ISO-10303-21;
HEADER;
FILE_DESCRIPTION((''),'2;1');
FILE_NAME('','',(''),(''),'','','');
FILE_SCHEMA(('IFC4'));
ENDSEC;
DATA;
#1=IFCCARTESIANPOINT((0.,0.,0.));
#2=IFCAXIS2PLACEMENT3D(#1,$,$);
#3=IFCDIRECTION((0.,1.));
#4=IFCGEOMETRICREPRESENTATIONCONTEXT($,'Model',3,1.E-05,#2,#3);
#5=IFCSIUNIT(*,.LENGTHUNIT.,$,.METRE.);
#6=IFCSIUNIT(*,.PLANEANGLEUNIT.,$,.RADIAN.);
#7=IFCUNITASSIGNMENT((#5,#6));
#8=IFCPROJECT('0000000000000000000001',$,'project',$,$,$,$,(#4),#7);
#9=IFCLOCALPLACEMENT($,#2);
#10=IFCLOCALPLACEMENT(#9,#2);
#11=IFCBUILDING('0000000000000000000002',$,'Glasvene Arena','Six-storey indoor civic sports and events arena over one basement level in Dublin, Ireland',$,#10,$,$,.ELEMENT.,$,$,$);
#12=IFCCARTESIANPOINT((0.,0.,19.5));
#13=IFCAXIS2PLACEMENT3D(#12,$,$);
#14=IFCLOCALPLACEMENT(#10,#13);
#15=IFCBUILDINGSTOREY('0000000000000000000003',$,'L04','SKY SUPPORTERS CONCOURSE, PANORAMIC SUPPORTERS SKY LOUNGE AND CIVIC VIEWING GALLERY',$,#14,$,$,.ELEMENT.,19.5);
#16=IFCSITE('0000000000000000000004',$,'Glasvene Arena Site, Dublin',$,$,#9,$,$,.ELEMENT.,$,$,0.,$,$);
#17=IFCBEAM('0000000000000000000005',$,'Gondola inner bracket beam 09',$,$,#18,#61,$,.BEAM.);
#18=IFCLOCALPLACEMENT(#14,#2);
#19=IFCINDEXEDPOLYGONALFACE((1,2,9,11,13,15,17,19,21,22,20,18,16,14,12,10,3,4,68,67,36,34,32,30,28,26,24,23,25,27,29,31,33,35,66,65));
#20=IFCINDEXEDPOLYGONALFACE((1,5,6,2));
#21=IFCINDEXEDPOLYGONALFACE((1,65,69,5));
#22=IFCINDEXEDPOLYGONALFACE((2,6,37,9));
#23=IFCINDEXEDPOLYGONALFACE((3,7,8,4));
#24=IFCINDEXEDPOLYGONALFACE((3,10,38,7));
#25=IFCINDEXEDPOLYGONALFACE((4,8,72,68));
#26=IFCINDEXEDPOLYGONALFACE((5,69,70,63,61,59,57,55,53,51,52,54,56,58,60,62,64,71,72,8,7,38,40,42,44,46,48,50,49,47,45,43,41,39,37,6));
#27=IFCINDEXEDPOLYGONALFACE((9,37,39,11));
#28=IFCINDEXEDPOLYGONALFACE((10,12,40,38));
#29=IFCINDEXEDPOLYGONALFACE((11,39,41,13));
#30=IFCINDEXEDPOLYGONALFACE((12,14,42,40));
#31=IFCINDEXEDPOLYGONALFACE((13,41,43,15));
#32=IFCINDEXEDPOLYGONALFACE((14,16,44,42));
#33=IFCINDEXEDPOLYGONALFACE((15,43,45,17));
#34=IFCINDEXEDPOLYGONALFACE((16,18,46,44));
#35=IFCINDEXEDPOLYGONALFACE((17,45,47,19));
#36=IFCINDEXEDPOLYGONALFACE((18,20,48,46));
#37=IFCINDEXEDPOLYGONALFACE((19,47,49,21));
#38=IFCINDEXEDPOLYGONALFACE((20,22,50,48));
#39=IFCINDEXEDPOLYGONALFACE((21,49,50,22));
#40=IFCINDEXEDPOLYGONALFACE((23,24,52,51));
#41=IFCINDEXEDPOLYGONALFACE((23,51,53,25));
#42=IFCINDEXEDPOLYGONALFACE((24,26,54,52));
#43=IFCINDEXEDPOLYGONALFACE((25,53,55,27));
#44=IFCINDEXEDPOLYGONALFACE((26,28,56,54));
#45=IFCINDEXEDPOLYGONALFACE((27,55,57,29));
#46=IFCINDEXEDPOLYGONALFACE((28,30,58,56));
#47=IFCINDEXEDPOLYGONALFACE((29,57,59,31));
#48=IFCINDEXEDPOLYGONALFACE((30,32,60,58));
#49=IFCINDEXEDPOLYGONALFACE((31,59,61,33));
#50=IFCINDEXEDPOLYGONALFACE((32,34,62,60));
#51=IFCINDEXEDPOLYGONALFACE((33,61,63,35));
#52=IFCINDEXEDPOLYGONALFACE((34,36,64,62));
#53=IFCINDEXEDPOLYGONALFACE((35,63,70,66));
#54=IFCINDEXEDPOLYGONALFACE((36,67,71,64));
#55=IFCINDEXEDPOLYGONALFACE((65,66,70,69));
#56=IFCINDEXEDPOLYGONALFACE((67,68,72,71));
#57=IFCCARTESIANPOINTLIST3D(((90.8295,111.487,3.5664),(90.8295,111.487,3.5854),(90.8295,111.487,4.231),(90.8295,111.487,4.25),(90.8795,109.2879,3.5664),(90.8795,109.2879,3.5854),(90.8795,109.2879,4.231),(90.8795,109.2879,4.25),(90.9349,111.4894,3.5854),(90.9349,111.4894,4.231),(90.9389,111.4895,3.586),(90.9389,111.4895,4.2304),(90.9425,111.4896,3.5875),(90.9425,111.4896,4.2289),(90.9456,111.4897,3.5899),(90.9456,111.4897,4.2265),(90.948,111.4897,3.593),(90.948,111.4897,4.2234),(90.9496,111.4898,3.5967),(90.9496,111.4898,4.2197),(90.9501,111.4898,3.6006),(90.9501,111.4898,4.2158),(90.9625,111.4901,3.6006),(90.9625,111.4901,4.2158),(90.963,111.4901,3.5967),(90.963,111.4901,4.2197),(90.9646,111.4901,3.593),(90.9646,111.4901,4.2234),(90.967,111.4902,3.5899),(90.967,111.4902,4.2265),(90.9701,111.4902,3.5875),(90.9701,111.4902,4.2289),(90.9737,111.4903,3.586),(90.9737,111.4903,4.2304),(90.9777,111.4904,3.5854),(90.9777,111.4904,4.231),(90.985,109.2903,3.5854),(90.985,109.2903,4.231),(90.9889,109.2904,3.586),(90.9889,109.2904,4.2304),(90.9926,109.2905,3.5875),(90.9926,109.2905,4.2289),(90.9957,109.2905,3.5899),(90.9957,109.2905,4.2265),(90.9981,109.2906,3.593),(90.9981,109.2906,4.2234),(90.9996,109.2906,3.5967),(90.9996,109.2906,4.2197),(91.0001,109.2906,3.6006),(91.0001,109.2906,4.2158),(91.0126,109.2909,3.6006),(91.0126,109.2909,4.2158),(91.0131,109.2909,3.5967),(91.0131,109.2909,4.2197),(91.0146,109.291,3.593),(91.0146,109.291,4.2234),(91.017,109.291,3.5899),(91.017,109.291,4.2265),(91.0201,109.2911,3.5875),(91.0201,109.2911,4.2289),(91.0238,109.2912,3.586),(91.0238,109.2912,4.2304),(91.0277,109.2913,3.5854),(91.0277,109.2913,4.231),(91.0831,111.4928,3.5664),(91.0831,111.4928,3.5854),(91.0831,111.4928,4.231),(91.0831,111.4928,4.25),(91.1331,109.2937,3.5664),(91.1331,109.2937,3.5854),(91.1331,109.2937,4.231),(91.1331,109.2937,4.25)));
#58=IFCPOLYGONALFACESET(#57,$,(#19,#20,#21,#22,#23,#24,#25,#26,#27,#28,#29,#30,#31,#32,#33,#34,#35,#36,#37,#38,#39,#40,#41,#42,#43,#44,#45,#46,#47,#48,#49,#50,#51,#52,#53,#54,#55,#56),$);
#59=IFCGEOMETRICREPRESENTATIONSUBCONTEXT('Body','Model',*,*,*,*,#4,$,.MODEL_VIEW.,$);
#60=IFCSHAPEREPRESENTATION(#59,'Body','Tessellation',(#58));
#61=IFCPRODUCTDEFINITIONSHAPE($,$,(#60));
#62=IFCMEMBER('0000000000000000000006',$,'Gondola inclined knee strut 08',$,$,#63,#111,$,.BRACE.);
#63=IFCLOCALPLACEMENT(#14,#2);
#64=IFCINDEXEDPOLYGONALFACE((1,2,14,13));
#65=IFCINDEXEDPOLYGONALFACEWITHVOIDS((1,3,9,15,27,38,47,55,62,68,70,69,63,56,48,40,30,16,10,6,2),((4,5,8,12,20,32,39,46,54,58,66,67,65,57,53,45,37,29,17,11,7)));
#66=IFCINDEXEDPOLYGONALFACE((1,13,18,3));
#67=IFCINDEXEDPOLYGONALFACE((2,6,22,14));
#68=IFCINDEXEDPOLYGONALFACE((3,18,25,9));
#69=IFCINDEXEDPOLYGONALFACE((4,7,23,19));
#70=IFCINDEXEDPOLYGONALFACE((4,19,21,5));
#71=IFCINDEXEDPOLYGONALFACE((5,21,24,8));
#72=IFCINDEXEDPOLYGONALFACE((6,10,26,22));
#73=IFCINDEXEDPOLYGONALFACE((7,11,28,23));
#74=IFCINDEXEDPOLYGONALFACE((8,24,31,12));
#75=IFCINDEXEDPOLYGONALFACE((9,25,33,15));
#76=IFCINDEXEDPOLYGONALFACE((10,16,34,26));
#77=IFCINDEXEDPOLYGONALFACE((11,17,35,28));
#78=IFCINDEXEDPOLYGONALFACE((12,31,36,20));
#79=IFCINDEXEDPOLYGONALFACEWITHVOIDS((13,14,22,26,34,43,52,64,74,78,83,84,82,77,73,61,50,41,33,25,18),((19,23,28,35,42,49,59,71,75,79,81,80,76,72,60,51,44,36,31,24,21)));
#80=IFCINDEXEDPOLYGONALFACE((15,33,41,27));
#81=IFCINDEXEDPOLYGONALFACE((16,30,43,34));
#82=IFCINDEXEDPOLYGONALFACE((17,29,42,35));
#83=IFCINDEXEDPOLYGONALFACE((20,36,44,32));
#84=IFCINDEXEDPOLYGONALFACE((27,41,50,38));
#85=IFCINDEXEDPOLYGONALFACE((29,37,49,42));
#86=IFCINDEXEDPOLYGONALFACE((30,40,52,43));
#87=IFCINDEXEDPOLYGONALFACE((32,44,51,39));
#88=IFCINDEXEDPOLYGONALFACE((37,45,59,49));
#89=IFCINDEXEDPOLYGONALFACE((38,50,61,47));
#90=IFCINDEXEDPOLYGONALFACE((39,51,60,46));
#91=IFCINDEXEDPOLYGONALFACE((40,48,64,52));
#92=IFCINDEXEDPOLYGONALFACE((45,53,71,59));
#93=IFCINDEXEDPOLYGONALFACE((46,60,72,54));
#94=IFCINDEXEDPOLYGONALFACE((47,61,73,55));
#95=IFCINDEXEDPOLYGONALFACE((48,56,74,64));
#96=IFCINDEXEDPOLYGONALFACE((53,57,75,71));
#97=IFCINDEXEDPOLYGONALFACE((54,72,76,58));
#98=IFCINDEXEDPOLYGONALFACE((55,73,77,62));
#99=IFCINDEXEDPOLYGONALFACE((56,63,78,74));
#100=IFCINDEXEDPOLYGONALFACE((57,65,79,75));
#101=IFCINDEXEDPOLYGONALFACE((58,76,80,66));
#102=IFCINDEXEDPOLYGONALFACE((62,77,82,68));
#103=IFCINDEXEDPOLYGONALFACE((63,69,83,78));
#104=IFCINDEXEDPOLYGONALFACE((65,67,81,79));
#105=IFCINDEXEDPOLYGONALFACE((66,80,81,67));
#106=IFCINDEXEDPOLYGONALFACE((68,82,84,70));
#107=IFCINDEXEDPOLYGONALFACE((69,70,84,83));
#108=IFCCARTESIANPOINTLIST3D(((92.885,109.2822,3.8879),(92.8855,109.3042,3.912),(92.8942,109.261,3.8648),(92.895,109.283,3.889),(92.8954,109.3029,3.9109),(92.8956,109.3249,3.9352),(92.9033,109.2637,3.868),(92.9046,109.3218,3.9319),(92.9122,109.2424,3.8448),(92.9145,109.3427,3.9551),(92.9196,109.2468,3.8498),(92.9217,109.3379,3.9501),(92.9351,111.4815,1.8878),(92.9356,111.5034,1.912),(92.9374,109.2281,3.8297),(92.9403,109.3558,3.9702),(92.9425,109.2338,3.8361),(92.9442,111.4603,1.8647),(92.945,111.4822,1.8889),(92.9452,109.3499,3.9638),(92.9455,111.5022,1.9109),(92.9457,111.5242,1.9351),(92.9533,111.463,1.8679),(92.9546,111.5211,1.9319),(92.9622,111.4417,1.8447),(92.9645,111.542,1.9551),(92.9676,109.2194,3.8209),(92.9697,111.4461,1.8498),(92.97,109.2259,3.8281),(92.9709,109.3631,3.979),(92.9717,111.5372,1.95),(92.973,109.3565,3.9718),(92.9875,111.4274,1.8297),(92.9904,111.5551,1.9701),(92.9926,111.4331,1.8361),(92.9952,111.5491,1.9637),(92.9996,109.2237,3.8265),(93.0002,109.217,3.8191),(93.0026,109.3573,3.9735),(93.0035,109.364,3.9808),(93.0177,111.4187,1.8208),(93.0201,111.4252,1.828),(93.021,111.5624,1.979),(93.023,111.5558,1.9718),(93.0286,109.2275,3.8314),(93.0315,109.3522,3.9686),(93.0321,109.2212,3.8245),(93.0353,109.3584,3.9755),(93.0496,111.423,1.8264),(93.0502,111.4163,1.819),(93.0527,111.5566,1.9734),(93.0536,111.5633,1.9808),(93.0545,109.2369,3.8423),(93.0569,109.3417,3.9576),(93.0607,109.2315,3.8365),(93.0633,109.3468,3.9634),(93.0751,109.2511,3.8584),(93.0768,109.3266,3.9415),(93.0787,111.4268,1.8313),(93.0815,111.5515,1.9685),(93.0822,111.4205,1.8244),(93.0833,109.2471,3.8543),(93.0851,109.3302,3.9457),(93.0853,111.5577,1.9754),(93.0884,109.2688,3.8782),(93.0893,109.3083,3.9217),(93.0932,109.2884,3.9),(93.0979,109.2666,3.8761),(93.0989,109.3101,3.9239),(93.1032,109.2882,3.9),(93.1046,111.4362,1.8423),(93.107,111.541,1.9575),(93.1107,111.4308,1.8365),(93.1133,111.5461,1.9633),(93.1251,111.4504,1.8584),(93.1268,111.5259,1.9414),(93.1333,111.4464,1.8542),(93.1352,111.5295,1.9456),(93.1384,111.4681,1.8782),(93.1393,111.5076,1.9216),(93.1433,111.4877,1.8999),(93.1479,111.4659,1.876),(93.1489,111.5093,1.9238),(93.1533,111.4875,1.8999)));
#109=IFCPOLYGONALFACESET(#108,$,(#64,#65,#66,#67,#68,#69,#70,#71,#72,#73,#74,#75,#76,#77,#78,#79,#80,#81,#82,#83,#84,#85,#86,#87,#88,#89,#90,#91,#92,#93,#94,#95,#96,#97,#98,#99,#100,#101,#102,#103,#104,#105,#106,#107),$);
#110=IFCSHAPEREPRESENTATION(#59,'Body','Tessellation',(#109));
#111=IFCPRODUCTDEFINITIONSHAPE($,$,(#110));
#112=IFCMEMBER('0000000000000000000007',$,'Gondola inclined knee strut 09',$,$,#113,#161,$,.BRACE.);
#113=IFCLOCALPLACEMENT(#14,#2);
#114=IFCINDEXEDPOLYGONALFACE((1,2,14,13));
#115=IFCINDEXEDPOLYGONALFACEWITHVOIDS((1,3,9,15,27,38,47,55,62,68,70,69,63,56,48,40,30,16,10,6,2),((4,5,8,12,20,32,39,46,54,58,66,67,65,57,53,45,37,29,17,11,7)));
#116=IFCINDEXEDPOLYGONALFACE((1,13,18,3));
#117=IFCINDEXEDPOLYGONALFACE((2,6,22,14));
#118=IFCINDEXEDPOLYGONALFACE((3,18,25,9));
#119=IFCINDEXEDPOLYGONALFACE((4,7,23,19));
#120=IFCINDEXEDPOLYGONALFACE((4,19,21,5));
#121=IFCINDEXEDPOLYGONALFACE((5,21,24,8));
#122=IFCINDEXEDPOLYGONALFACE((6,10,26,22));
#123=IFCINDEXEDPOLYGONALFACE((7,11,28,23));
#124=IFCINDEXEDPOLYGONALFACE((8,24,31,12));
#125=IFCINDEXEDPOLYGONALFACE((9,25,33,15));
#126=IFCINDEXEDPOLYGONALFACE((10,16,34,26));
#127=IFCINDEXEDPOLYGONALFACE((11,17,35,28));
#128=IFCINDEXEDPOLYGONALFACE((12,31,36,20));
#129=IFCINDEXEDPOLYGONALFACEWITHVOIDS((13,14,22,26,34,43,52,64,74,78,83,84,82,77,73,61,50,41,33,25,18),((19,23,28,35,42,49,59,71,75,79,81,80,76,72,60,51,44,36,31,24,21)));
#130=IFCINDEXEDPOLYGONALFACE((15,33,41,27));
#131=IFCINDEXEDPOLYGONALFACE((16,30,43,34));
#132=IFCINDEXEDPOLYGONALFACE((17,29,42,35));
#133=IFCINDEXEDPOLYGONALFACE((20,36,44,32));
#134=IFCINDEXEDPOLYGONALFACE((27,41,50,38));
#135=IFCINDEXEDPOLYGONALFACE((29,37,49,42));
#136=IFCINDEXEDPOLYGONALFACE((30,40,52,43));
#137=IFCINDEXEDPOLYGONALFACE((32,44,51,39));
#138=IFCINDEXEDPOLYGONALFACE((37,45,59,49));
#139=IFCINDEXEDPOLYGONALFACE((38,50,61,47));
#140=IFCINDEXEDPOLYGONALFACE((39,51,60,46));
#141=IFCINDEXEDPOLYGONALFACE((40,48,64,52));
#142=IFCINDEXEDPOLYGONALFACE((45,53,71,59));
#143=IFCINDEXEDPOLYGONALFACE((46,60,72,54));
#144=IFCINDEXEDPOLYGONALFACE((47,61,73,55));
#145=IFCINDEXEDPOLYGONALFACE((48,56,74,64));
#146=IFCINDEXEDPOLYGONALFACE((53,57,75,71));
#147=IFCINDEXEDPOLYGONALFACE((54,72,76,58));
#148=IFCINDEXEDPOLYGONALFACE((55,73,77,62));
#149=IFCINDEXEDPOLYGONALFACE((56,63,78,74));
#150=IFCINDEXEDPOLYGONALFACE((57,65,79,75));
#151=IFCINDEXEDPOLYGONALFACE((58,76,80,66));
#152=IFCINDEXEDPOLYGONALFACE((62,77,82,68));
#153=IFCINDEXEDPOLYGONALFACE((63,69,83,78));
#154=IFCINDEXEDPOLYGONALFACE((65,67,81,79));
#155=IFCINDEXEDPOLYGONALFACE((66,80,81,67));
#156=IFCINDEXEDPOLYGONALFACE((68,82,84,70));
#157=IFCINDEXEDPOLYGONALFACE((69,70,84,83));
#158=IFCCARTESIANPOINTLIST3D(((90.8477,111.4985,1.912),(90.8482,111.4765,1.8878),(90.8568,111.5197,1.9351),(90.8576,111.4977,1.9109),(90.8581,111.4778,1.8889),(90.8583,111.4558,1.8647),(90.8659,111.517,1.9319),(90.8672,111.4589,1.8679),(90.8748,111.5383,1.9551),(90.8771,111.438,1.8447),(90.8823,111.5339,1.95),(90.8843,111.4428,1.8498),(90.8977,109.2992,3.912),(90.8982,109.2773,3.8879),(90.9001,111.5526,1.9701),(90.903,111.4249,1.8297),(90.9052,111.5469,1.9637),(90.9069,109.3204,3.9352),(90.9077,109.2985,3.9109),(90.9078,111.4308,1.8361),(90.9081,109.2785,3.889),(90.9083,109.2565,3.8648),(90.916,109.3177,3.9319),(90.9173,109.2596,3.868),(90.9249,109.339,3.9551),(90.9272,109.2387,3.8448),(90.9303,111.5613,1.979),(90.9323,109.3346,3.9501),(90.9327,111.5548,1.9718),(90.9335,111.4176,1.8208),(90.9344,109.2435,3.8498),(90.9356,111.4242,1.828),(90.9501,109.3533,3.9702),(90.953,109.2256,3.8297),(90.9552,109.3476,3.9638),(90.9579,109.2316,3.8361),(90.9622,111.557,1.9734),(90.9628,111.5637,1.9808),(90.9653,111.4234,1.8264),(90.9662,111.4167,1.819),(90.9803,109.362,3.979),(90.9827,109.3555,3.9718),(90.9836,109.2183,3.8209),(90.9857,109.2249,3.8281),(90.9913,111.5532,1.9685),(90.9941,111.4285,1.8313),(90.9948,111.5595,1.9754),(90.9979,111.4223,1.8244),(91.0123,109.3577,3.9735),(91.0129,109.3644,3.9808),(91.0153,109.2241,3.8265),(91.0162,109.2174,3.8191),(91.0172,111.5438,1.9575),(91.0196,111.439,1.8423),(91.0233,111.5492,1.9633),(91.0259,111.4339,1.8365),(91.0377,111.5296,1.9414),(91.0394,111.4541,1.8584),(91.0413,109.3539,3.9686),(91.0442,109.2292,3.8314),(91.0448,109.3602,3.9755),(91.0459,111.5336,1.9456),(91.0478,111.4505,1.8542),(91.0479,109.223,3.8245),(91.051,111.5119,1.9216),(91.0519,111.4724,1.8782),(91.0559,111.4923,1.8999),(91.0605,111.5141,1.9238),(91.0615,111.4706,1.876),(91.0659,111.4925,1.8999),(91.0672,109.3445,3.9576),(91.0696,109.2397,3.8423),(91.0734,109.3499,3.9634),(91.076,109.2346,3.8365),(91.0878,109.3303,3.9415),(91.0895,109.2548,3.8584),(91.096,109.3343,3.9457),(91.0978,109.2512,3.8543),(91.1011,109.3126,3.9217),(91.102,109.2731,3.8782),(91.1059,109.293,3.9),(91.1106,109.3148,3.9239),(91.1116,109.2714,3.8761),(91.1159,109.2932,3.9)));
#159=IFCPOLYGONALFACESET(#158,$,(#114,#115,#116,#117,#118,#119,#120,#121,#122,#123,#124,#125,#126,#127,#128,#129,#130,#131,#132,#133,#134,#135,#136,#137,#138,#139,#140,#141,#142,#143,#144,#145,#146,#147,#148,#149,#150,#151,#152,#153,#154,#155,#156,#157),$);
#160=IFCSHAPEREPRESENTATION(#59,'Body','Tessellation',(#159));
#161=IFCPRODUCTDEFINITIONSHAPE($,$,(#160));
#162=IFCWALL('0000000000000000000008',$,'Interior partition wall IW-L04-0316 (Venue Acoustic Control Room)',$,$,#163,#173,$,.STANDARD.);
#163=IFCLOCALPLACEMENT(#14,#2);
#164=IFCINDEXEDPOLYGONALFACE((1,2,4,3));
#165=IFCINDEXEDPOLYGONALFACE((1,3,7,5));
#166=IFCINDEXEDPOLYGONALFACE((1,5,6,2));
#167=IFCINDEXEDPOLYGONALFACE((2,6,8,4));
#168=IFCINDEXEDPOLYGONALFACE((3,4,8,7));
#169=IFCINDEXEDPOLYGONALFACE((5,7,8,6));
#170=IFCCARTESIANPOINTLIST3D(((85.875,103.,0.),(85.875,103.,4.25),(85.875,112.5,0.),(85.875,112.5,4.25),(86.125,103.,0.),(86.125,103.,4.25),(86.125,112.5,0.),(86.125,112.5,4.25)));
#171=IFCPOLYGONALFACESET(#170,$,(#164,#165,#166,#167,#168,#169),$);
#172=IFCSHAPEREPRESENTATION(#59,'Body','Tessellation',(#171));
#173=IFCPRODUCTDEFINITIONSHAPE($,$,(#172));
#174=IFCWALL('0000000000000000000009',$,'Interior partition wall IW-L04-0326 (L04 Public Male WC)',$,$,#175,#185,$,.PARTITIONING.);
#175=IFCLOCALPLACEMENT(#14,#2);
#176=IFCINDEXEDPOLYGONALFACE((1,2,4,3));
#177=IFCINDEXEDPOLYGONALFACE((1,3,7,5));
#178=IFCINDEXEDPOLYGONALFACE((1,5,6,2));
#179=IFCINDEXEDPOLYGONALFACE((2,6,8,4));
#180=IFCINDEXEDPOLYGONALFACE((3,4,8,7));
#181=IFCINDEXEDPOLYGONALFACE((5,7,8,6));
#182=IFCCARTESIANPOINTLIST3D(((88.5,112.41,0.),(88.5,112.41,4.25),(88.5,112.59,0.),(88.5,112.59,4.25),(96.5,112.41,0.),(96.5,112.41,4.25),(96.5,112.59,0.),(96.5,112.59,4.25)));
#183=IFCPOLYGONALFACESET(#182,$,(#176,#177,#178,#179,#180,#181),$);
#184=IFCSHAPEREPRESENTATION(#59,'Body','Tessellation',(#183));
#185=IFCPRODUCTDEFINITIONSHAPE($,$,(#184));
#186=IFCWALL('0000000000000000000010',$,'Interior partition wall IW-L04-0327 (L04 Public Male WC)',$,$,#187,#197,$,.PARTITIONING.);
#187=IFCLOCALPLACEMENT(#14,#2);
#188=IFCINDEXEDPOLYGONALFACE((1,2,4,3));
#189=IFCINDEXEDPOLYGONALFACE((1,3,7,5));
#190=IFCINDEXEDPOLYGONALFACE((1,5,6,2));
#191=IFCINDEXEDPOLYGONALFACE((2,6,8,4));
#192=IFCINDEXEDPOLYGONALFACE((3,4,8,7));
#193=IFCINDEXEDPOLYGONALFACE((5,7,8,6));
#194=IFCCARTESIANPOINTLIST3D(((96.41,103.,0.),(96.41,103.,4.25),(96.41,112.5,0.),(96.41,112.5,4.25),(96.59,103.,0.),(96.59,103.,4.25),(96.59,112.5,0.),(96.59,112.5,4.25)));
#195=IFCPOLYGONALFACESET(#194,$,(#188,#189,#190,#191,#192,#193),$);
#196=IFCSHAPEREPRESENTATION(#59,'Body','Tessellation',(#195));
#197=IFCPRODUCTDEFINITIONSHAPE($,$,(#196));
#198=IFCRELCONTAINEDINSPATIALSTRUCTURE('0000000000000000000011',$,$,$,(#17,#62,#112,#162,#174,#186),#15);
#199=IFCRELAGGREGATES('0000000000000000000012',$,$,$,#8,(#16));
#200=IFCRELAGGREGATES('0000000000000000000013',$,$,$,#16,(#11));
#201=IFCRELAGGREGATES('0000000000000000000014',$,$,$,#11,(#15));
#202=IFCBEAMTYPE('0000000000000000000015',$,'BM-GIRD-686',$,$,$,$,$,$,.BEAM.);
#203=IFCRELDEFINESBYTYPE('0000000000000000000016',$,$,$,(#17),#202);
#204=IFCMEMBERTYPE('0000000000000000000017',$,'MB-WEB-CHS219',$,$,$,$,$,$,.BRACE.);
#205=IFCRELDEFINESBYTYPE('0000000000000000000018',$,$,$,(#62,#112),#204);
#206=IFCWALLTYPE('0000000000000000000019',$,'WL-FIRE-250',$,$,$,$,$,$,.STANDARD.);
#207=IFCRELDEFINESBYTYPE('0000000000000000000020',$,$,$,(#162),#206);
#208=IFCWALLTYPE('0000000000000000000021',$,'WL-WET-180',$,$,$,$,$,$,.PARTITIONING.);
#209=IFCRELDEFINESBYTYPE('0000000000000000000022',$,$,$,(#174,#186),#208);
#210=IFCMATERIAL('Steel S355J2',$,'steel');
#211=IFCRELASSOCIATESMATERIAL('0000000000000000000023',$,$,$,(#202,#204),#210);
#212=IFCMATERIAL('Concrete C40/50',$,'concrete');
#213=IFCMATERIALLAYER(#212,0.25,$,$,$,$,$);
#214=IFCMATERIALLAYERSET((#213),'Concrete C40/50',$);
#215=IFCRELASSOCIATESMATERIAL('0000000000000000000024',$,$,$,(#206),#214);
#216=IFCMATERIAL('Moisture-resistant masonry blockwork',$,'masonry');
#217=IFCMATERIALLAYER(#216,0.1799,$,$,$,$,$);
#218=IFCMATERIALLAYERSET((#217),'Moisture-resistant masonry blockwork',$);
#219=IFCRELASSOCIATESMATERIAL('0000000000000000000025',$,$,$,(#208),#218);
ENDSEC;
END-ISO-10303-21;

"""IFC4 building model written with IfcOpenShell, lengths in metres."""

from ifc_helpers import new_model, si_unit, direction, frame, frame_2d, origin, origin_2d, place, context, subcontext, project, spatial, rectangle, hollow_circle, i_section, extrude, material, layer, layer_set, material_profile, profile_set, type_object, element, save


model = new_model("IFC4")

# Units and contexts
model_context = context("Model", 3, precision=1e-05, world=origin(), true_north=direction((0.0, 1.0)))
body_context = subcontext(model_context, "Body", "Model", "MODEL_VIEW")
ifc_project = project(units=[si_unit("LENGTHUNIT", "METRE"), si_unit("PLANEANGLEUNIT", "RADIAN")], contexts=[model_context])

# Site, building, storey
site_placement = place(None, origin())
site = spatial("IfcSite", under=ifc_project, at=site_placement, Name="Glasvene Arena Site, Dublin", CompositionType="ELEMENT", RefElevation=0.0)
building_placement = place(site_placement, origin())
building = spatial("IfcBuilding", under=site, at=building_placement, Name="Glasvene Arena", Description="Six-storey indoor civic sports and events arena over one basement level in Dublin, Ireland", CompositionType="ELEMENT")
storey_placement = place(building_placement, frame((0.0, 0.0, 19.5)))
storey = spatial("IfcBuildingStorey", under=building, at=storey_placement, Name="L04", Description="SKY SUPPORTERS CONCOURSE, PANORAMIC SUPPORTERS SKY LOUNGE AND CIVIC VIEWING GALLERY", CompositionType="ELEMENT", Elevation=19.5)

# Shared definitions
ifc_material_1 = material(Name="Steel S355J2", Category="steel")

# Beam
ifc_material_profile_1 = material_profile(ifc_material_1, i_section(OverallWidth=0.2537, OverallDepth=0.6836, WebThickness=0.0125, FlangeThickness=0.019, FilletRadius=0.0151, at=origin_2d()), Name="UKB 686x254x140")
ifc_profile_set_1 = profile_set([ifc_material_profile_1], Name="Steel S355J2")
beam_type_1 = type_object("IfcBeamType", Name="BM-GIRD-686", PredefinedType="BEAM", material=ifc_profile_set_1)
beam_1_placement = place(storey_placement, frame((91.0063, 109.2908, 3.9082), z_axis=(-0.022752, 0.999741, 0.0), x_axis=(-0.999741, -0.022752, 0.0)))
element("IfcBeam", 1, at=beam_1_placement, inside=storey, type_object=beam_type_1, Name="Gondola inner bracket beam 09", PredefinedType="BEAM", context=body_context, shape_type="SweptSolid", body=[
    extrude(i_section(OverallWidth=0.2537, OverallDepth=0.6836, WebThickness=0.0125, FlangeThickness=0.019, FilletRadius=0.0151, at=origin_2d()), origin(), (0.0, 0.0, 1.0), 2.1997),
])

# Members
ifc_material_profile_2 = material_profile(ifc_material_1, hollow_circle(Radius=0.1096, WallThickness=0.01, at=origin_2d()), Name="CHS 219.1x10.0")
ifc_profile_set_2 = profile_set([ifc_material_profile_2], Name="Steel S355J2")
member_type = type_object("IfcMemberType", Name="MB-WEB-CHS219", PredefinedType="BRACE", material=ifc_profile_set_2)
for number, where, z_axis, x_axis, name in (
    (2, (93.0437, 111.49, 1.8999), (-0.016834, -0.739716, 0.672708), (0.999741, -0.022752, 0.0), "Gondola inclined knee strut 08"),
    (3, (90.9563, 111.49, 1.8999), (0.016834, -0.739716, 0.672708), (0.999741, 0.022752, 0.0), "Gondola inclined knee strut 09"),
):
    element("IfcMember", number, at=place(storey_placement, frame(where, z_axis=z_axis, x_axis=x_axis)), inside=storey, type_object=member_type, Name=name, PredefinedType="BRACE", context=body_context, shape_type="SweptSolid", body=[
        extrude(hollow_circle(Radius=0.1096, WallThickness=0.01, at=origin_2d()), origin(), (0.0, 0.0, 1.0), 2.9731),
    ])

# Walls
ifc_material_2 = material(Name="Concrete C40/50", Category="concrete")
ifc_layer_1 = layer(ifc_material_2, 0.25)
ifc_layer_set_1 = layer_set([ifc_layer_1], Name="Concrete C40/50")
wall_type_1 = type_object("IfcWallType", Name="WL-FIRE-250", PredefinedType="STANDARD", material=ifc_layer_set_1)
wall_1_placement = place(storey_placement, frame((86.0, 112.5, 0.0), z_axis=(0.0, 0.0, 1.0), x_axis=(0.0, -1.0, 0.0)))
element("IfcWall", 4, at=wall_1_placement, inside=storey, type_object=wall_type_1, Name="Interior partition wall IW-L04-0316 (Venue Acoustic Control Room)", PredefinedType="STANDARD", context=body_context, shape_type="SweptSolid", body=[
    extrude(rectangle(XDim=9.5, YDim=0.25, at=frame_2d((4.75, 0.0))), origin(), (0.0, 0.0, 1.0), 4.25),
])
ifc_material_3 = material(Name="Moisture-resistant masonry blockwork", Category="masonry")
ifc_layer_2 = layer(ifc_material_3, 0.1799)
ifc_layer_set_2 = layer_set([ifc_layer_2], Name="Moisture-resistant masonry blockwork")
wall_type_2 = type_object("IfcWallType", Name="WL-WET-180", PredefinedType="PARTITIONING", material=ifc_layer_set_2)
wall_2_placement = place(storey_placement, frame((88.5, 112.5, 0.0), z_axis=(0.0, 0.0, 1.0), x_axis=(1.0, 0.0, 0.0)))
element("IfcWall", 5, at=wall_2_placement, inside=storey, type_object=wall_type_2, Name="Interior partition wall IW-L04-0326 (L04 Public Male WC)", PredefinedType="PARTITIONING", context=body_context, shape_type="SweptSolid", body=[
    extrude(rectangle(XDim=8.0, YDim=0.1799, at=frame_2d((4.0, 0.0))), origin(), (0.0, 0.0, 1.0), 4.25),
])
for number, where, z_axis, x_axis, name in (
    (6, (96.5, 112.5, 0.0), (0.0, 0.0, 1.0), (0.0, -1.0, 0.0), "Interior partition wall IW-L04-0327 (L04 Public Male WC)"),
):
    element("IfcWall", number, at=place(storey_placement, frame(where, z_axis=z_axis, x_axis=x_axis)), inside=storey, type_object=wall_type_2, Name=name, PredefinedType="PARTITIONING", context=body_context, shape_type="SweptSolid", body=[
        extrude(rectangle(XDim=9.5, YDim=0.1799, at=frame_2d((4.75, 0.0))), origin(), (0.0, 0.0, 1.0), 4.25),
    ])

save(model, "model.ifc")
